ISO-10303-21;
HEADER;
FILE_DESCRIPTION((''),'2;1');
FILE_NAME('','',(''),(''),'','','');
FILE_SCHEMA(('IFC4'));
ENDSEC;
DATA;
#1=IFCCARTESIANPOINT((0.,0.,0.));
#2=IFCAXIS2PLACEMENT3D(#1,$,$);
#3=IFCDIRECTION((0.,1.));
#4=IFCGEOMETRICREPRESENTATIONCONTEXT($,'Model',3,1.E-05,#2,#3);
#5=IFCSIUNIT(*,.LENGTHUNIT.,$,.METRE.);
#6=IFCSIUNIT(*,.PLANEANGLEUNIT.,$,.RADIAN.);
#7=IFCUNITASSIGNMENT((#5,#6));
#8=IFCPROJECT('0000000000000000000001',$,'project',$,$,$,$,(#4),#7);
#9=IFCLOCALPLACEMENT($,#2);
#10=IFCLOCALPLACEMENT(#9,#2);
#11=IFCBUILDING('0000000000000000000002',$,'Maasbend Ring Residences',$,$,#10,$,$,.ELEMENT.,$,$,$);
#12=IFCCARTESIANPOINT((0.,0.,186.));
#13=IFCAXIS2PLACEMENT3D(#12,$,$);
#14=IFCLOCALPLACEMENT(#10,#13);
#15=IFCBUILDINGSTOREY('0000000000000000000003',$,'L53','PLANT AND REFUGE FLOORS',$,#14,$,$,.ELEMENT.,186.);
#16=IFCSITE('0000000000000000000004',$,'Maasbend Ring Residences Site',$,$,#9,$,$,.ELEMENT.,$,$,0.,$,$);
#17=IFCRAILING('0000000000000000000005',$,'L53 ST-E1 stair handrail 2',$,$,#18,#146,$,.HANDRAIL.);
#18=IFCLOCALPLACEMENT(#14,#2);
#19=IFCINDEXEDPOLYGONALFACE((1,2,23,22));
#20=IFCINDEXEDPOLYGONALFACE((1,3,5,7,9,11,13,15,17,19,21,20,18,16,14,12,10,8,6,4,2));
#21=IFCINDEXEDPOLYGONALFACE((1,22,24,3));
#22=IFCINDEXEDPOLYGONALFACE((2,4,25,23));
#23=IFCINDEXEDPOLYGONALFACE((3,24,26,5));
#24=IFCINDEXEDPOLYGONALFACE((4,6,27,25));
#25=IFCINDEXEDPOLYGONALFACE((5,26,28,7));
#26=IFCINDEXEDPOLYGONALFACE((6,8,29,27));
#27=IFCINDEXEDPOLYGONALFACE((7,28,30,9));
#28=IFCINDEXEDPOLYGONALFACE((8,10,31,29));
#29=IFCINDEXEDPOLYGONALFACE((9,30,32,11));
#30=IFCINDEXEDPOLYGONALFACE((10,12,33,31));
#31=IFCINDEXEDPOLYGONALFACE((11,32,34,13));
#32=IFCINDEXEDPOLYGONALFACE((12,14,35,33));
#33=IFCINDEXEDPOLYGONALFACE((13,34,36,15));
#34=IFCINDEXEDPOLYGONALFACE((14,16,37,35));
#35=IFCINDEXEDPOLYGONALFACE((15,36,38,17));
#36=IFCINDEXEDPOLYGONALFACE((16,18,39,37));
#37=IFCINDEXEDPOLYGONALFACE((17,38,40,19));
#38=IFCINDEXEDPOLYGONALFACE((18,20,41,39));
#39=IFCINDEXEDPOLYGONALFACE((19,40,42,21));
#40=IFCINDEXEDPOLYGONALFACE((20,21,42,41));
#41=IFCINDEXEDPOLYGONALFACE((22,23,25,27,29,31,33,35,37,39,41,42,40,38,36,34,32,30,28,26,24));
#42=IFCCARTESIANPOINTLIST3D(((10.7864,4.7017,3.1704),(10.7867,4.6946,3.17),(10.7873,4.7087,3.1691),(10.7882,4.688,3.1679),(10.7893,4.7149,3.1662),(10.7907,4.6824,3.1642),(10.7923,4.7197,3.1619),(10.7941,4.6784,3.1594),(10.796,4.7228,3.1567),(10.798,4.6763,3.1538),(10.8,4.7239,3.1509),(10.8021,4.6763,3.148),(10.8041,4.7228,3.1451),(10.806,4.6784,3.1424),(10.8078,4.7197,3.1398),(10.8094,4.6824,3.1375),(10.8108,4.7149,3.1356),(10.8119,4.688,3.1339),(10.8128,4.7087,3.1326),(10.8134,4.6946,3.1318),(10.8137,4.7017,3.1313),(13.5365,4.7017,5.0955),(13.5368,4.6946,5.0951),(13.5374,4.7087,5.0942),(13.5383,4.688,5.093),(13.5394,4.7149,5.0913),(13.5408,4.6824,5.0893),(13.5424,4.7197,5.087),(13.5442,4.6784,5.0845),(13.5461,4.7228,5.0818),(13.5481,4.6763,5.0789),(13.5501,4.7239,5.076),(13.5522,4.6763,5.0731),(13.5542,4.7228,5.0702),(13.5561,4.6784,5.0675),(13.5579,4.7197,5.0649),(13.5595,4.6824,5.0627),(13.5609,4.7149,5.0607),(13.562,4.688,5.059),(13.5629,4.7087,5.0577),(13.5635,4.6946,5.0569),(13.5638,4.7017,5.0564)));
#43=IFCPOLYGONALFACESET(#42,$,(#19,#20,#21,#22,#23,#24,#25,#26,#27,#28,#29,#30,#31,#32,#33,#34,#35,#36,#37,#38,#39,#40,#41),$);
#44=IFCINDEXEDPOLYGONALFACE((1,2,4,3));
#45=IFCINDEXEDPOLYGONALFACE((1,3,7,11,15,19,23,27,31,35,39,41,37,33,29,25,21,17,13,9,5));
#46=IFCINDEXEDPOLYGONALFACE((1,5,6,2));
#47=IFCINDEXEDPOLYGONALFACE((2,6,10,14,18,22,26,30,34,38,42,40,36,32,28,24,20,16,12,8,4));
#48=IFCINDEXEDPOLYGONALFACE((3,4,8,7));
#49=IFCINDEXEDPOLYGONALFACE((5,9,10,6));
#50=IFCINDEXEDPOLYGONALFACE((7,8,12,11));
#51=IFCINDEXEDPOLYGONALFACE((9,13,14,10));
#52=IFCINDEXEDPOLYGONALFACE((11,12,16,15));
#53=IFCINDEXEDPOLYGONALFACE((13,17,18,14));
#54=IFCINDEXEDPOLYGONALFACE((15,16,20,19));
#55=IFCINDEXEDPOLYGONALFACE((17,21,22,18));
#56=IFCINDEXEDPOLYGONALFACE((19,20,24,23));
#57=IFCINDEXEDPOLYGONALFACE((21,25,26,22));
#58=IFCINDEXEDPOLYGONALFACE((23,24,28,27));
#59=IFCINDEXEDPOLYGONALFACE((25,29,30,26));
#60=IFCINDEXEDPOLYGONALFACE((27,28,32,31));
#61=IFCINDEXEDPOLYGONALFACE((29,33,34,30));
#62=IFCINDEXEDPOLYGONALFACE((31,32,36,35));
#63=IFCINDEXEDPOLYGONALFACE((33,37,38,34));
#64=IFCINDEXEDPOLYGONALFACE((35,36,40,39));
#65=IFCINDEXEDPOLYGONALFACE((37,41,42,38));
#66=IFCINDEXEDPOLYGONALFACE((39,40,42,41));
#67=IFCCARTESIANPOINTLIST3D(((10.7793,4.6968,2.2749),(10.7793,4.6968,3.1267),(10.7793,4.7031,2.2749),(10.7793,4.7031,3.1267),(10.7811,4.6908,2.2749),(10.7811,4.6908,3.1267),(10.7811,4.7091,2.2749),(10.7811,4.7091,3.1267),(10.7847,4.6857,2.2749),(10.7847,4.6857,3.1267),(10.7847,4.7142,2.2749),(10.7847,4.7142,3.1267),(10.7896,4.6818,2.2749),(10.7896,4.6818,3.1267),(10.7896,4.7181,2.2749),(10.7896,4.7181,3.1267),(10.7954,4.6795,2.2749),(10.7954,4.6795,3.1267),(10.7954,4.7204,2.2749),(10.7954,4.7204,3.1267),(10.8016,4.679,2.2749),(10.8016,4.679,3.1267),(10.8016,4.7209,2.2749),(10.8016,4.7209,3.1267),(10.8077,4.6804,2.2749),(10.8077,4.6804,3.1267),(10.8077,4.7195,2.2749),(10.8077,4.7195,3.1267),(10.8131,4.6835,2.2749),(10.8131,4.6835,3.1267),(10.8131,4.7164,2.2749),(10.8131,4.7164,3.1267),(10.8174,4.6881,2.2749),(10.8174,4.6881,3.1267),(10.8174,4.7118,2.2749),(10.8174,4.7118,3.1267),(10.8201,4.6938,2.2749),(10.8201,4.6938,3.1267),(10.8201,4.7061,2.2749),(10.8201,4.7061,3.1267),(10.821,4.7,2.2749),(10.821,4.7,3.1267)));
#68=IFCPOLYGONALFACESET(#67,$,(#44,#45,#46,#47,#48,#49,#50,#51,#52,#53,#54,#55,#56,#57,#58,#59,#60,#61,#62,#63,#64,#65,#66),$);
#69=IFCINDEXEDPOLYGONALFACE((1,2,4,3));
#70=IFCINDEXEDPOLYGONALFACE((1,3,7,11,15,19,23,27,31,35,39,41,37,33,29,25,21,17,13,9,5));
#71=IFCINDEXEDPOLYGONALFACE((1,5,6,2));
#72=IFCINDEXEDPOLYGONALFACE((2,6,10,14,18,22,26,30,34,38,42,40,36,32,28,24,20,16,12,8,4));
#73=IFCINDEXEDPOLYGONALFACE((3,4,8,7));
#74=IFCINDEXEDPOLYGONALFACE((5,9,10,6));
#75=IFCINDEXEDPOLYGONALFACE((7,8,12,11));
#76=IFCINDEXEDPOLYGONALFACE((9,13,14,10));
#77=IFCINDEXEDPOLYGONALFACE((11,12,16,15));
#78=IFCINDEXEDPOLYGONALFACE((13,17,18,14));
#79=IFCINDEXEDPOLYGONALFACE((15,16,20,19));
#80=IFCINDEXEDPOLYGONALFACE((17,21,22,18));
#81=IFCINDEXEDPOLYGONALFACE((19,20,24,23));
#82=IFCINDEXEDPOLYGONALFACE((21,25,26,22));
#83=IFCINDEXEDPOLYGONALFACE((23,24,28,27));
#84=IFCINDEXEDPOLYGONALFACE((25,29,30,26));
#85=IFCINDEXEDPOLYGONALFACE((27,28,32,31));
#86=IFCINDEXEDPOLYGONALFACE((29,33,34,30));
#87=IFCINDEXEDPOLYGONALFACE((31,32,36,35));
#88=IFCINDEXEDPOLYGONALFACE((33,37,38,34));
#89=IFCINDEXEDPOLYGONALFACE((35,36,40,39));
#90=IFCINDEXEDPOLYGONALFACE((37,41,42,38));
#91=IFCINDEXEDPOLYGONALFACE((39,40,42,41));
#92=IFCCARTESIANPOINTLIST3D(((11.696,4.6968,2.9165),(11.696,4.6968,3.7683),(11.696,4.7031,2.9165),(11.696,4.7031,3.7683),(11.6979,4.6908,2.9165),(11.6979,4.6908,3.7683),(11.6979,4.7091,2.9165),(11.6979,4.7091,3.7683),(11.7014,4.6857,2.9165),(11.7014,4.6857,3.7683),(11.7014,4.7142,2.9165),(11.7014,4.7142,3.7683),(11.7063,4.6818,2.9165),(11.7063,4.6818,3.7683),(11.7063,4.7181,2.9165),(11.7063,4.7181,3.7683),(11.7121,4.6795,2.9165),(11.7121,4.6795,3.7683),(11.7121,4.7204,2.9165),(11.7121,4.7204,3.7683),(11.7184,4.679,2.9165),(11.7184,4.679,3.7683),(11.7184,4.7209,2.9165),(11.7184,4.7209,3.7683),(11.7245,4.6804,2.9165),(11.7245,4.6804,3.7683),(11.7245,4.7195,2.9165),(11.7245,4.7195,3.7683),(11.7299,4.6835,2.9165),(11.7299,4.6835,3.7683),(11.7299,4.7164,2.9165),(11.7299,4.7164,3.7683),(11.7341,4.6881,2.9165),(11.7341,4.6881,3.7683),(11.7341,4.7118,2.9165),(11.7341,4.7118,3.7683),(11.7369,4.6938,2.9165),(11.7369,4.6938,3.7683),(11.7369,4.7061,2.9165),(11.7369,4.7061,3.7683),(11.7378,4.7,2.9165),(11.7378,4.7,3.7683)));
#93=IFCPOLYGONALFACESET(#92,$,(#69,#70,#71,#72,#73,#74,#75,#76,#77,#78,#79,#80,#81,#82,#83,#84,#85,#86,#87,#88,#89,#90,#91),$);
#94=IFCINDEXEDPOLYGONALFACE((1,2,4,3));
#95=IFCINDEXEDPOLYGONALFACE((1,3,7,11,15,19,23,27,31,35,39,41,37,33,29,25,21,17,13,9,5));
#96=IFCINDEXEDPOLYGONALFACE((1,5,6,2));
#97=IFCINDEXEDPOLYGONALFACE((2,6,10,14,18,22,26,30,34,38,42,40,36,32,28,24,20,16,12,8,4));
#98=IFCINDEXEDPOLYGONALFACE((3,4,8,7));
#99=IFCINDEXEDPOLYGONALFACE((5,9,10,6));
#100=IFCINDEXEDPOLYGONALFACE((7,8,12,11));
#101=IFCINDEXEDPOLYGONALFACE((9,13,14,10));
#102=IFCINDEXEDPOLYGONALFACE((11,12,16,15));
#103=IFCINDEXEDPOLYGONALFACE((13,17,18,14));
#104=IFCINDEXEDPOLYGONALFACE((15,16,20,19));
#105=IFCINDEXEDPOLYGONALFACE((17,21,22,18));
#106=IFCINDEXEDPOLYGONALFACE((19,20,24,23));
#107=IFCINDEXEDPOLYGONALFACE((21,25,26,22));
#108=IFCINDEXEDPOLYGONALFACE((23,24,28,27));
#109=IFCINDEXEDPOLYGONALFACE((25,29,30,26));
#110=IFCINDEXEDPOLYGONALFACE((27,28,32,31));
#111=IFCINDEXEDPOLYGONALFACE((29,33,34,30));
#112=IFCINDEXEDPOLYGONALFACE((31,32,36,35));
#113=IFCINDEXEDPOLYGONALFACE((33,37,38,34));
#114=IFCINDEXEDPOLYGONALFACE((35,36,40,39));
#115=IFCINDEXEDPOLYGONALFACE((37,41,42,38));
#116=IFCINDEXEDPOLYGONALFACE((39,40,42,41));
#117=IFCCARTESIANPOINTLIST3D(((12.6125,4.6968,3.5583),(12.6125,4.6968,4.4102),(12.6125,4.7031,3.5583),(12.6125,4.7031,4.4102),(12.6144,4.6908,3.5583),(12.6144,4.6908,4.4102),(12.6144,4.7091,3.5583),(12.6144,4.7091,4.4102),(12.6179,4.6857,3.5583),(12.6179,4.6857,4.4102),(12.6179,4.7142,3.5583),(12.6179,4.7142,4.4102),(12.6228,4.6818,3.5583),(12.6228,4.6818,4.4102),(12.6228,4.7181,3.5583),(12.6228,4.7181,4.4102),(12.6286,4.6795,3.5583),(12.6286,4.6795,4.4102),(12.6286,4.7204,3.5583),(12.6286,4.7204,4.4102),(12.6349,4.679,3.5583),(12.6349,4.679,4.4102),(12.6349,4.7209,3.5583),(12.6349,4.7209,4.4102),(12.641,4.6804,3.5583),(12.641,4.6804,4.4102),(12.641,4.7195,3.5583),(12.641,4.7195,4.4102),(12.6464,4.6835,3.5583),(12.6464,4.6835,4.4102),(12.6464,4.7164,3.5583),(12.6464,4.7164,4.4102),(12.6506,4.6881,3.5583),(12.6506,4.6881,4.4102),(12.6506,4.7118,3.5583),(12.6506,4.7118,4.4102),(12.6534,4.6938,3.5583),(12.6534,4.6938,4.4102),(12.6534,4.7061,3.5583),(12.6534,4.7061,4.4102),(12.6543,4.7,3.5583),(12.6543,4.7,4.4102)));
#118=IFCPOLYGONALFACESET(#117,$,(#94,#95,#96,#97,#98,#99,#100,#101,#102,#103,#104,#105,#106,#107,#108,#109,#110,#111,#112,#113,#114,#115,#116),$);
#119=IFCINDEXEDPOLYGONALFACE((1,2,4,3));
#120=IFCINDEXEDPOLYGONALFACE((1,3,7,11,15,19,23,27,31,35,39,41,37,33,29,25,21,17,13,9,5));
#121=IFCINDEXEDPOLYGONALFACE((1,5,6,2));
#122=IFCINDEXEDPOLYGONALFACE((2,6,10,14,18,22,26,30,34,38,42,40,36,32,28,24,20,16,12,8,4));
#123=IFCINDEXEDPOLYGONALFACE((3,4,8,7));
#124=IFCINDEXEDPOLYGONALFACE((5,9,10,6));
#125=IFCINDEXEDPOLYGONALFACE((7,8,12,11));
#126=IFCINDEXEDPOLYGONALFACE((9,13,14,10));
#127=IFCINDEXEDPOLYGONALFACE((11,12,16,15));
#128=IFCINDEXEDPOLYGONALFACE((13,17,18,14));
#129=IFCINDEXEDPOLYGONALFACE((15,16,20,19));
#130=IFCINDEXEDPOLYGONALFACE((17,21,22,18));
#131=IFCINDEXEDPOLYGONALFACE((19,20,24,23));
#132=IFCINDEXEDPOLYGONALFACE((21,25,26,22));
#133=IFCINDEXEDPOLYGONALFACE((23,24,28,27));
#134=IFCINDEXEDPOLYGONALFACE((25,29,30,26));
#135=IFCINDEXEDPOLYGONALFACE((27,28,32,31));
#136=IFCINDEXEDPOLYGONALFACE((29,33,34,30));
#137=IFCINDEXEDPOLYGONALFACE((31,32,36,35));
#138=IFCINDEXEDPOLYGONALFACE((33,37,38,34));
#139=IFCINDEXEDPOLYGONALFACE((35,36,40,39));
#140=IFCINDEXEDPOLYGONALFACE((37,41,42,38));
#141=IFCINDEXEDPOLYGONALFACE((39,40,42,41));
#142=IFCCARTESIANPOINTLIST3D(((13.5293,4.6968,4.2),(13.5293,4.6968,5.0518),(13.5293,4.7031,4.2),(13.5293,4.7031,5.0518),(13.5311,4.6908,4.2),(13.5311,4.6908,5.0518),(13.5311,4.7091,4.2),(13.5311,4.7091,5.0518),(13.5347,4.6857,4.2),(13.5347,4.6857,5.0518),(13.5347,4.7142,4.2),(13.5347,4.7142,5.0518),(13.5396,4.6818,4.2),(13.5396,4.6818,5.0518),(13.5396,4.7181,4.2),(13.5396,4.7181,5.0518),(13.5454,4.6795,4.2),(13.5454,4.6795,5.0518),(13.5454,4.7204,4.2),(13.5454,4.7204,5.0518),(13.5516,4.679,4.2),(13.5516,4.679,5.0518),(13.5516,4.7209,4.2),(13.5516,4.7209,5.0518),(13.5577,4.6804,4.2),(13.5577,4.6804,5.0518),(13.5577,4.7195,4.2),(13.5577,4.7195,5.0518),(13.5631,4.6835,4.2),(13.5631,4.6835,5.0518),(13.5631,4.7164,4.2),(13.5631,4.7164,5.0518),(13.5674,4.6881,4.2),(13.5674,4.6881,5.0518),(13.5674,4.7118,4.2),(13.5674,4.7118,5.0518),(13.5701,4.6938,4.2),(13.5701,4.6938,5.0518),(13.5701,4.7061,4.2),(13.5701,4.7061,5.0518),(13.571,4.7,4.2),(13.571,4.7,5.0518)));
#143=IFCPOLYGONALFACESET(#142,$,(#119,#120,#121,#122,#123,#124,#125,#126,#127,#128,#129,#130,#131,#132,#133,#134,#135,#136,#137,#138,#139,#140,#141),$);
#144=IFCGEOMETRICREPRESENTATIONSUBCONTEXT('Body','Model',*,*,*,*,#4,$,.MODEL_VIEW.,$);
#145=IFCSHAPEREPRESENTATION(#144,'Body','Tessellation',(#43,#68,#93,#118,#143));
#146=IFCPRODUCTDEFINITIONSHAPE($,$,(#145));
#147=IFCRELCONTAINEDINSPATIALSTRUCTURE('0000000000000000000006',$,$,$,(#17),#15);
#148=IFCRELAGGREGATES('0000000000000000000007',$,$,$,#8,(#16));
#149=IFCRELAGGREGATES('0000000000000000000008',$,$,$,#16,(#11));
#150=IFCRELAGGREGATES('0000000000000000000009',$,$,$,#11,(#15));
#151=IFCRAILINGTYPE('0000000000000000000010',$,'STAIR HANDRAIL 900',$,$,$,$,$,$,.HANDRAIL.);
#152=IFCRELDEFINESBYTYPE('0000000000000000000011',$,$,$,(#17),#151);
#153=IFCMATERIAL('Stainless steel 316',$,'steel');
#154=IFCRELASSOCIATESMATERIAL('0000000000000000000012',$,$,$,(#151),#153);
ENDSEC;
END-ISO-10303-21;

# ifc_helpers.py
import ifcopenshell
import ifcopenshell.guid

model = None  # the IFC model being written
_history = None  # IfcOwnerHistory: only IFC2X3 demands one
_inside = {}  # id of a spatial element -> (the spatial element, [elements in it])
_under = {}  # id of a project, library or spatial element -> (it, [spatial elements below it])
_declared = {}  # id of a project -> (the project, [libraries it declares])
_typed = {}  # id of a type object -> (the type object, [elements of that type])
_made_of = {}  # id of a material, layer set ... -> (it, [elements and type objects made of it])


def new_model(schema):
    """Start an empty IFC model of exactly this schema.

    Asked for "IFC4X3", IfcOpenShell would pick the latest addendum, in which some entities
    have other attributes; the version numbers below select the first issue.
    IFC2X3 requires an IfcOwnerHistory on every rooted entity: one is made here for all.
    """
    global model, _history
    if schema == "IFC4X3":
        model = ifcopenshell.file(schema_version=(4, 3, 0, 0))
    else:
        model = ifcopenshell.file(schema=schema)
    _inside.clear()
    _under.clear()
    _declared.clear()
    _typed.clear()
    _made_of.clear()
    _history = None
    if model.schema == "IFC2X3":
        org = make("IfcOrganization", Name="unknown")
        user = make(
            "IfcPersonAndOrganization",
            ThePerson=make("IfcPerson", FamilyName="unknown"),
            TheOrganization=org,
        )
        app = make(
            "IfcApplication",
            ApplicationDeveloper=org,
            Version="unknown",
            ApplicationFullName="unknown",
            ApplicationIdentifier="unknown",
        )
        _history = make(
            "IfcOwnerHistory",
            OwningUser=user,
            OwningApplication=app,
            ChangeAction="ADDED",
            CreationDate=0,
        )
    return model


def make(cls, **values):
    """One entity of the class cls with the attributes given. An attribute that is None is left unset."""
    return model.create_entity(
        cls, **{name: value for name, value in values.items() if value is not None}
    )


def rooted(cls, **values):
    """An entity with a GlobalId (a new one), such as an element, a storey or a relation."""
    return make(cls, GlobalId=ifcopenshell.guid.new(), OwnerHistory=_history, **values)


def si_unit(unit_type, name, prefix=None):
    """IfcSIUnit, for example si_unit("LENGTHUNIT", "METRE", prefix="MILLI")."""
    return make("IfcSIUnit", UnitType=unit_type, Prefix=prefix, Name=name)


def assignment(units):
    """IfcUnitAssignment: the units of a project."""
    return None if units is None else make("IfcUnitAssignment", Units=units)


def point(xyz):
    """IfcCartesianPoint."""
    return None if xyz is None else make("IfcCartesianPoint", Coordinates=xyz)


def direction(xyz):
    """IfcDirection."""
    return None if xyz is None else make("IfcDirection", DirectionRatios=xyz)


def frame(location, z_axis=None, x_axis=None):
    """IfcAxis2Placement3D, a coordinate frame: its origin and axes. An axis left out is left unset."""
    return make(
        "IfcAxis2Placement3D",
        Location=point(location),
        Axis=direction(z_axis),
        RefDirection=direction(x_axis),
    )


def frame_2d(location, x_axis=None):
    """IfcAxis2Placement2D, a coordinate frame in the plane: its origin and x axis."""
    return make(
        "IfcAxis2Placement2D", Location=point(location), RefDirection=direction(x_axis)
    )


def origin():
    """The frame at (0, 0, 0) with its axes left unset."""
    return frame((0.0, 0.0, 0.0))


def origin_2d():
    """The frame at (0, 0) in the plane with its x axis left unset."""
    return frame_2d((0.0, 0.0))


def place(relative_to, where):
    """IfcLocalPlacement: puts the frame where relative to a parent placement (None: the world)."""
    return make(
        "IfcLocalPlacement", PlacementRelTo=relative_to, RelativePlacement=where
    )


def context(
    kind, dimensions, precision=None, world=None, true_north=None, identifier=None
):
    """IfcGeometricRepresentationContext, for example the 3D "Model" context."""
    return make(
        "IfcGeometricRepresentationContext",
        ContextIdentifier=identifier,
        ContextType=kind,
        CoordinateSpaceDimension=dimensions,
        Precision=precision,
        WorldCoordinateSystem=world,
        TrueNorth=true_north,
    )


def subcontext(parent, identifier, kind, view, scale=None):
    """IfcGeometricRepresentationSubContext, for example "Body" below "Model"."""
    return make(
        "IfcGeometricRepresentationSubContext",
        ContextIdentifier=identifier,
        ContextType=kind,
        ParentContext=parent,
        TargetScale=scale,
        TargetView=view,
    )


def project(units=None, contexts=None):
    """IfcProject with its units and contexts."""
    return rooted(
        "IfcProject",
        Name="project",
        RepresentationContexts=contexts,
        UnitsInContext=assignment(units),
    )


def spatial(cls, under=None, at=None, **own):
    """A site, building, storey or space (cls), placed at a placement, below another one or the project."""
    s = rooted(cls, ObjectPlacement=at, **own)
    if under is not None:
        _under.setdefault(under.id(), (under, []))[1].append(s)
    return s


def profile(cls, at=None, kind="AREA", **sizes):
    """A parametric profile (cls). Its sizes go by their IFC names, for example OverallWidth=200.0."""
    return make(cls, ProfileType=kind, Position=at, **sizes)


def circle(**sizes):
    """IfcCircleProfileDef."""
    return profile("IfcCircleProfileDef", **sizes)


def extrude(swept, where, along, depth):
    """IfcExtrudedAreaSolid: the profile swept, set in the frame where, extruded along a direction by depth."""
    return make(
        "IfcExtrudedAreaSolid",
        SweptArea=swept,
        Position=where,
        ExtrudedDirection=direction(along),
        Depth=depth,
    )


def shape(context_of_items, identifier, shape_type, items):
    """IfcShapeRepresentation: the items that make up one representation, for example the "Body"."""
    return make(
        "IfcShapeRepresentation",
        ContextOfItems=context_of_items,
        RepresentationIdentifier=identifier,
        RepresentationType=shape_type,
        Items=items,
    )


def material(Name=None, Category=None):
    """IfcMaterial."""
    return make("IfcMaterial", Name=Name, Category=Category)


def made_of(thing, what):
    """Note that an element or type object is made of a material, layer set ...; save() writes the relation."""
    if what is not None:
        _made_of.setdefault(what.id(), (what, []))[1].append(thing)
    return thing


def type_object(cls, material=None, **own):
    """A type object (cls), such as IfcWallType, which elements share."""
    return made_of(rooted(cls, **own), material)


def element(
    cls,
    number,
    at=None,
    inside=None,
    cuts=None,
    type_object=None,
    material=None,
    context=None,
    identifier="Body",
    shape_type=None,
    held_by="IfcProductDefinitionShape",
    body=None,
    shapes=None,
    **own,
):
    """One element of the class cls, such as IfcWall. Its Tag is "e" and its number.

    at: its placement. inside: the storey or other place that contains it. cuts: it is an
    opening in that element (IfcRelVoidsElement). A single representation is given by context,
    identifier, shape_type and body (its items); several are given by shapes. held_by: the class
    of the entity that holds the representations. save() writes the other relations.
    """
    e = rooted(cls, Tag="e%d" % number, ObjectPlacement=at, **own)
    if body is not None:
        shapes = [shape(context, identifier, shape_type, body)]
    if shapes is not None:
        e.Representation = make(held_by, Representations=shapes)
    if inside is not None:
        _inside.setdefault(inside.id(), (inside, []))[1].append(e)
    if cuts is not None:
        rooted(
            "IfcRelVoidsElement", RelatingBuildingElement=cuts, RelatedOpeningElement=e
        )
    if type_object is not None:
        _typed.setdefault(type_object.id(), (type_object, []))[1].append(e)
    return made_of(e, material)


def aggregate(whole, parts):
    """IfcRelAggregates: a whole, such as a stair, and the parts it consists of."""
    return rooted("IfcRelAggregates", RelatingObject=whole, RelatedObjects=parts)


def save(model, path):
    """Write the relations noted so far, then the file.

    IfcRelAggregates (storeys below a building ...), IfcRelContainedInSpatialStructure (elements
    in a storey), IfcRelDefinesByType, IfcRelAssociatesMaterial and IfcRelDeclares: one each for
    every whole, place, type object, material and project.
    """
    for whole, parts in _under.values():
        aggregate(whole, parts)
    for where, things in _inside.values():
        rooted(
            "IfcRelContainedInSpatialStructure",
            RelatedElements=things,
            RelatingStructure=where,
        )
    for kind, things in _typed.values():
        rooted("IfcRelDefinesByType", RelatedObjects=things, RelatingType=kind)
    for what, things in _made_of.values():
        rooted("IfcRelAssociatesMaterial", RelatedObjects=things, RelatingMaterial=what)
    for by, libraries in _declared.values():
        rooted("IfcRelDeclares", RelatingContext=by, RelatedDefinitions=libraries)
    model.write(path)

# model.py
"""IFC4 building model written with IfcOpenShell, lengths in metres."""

from ifc_helpers import new_model, si_unit, direction, frame, origin, origin_2d, place, context, subcontext, project, spatial, circle, extrude, material, type_object, element, save


model = new_model("IFC4")

# Units and contexts
model_context = context("Model", 3, precision=1e-05, world=origin(), true_north=direction((0.0, 1.0)))
body_context = subcontext(model_context, "Body", "Model", "MODEL_VIEW")
ifc_project = project(units=[si_unit("LENGTHUNIT", "METRE"), si_unit("PLANEANGLEUNIT", "RADIAN")], contexts=[model_context])

# Site, building, storey
site_placement = place(None, origin())
site = spatial("IfcSite", under=ifc_project, at=site_placement, Name="Maasbend Ring Residences Site", CompositionType="ELEMENT", RefElevation=0.0)
building_placement = place(site_placement, origin())
building = spatial("IfcBuilding", under=site, at=building_placement, Name="Maasbend Ring Residences", CompositionType="ELEMENT")
storey_placement = place(building_placement, frame((0.0, 0.0, 186.0)))
storey = spatial("IfcBuildingStorey", under=building, at=storey_placement, Name="L53", Description="PLANT AND REFUGE FLOORS", CompositionType="ELEMENT", Elevation=186.0)

# Railing
ifc_material_1 = material(Name="Stainless steel 316", Category="steel")
railing_type = type_object("IfcRailingType", Name="STAIR HANDRAIL 900", PredefinedType="HANDRAIL", material=ifc_material_1)
railing_placement = place(storey_placement, frame((10.8, 4.7, 2.2749)))
element("IfcRailing", 1, at=railing_placement, inside=storey, type_object=railing_type, Name="L53 ST-E1 stair handrail 2", PredefinedType="HANDRAIL", context=body_context, shape_type="SweptSolid", body=[
    extrude(circle(Radius=0.0239, at=origin_2d()), frame((0.0, 0.0, 0.876), z_axis=(0.819225, 0.0, 0.573472), x_axis=(0.0, 1.0, 0.0)), (0.0, 0.0, 1.0), 3.3569),
    extrude(circle(Radius=0.021, at=origin_2d()), origin(), (0.0, 0.0, 1.0), 0.8518),
    extrude(circle(Radius=0.021, at=origin_2d()), frame((0.9167, 0.0, 0.6416)), (0.0, 0.0, 1.0), 0.8518),
    extrude(circle(Radius=0.021, at=origin_2d()), frame((1.8333, 0.0, 1.2834)), (0.0, 0.0, 1.0), 0.8518),
    extrude(circle(Radius=0.021, at=origin_2d()), frame((2.75, 0.0, 1.925)), (0.0, 0.0, 1.0), 0.8518),
])

save(model, "model.ifc")
